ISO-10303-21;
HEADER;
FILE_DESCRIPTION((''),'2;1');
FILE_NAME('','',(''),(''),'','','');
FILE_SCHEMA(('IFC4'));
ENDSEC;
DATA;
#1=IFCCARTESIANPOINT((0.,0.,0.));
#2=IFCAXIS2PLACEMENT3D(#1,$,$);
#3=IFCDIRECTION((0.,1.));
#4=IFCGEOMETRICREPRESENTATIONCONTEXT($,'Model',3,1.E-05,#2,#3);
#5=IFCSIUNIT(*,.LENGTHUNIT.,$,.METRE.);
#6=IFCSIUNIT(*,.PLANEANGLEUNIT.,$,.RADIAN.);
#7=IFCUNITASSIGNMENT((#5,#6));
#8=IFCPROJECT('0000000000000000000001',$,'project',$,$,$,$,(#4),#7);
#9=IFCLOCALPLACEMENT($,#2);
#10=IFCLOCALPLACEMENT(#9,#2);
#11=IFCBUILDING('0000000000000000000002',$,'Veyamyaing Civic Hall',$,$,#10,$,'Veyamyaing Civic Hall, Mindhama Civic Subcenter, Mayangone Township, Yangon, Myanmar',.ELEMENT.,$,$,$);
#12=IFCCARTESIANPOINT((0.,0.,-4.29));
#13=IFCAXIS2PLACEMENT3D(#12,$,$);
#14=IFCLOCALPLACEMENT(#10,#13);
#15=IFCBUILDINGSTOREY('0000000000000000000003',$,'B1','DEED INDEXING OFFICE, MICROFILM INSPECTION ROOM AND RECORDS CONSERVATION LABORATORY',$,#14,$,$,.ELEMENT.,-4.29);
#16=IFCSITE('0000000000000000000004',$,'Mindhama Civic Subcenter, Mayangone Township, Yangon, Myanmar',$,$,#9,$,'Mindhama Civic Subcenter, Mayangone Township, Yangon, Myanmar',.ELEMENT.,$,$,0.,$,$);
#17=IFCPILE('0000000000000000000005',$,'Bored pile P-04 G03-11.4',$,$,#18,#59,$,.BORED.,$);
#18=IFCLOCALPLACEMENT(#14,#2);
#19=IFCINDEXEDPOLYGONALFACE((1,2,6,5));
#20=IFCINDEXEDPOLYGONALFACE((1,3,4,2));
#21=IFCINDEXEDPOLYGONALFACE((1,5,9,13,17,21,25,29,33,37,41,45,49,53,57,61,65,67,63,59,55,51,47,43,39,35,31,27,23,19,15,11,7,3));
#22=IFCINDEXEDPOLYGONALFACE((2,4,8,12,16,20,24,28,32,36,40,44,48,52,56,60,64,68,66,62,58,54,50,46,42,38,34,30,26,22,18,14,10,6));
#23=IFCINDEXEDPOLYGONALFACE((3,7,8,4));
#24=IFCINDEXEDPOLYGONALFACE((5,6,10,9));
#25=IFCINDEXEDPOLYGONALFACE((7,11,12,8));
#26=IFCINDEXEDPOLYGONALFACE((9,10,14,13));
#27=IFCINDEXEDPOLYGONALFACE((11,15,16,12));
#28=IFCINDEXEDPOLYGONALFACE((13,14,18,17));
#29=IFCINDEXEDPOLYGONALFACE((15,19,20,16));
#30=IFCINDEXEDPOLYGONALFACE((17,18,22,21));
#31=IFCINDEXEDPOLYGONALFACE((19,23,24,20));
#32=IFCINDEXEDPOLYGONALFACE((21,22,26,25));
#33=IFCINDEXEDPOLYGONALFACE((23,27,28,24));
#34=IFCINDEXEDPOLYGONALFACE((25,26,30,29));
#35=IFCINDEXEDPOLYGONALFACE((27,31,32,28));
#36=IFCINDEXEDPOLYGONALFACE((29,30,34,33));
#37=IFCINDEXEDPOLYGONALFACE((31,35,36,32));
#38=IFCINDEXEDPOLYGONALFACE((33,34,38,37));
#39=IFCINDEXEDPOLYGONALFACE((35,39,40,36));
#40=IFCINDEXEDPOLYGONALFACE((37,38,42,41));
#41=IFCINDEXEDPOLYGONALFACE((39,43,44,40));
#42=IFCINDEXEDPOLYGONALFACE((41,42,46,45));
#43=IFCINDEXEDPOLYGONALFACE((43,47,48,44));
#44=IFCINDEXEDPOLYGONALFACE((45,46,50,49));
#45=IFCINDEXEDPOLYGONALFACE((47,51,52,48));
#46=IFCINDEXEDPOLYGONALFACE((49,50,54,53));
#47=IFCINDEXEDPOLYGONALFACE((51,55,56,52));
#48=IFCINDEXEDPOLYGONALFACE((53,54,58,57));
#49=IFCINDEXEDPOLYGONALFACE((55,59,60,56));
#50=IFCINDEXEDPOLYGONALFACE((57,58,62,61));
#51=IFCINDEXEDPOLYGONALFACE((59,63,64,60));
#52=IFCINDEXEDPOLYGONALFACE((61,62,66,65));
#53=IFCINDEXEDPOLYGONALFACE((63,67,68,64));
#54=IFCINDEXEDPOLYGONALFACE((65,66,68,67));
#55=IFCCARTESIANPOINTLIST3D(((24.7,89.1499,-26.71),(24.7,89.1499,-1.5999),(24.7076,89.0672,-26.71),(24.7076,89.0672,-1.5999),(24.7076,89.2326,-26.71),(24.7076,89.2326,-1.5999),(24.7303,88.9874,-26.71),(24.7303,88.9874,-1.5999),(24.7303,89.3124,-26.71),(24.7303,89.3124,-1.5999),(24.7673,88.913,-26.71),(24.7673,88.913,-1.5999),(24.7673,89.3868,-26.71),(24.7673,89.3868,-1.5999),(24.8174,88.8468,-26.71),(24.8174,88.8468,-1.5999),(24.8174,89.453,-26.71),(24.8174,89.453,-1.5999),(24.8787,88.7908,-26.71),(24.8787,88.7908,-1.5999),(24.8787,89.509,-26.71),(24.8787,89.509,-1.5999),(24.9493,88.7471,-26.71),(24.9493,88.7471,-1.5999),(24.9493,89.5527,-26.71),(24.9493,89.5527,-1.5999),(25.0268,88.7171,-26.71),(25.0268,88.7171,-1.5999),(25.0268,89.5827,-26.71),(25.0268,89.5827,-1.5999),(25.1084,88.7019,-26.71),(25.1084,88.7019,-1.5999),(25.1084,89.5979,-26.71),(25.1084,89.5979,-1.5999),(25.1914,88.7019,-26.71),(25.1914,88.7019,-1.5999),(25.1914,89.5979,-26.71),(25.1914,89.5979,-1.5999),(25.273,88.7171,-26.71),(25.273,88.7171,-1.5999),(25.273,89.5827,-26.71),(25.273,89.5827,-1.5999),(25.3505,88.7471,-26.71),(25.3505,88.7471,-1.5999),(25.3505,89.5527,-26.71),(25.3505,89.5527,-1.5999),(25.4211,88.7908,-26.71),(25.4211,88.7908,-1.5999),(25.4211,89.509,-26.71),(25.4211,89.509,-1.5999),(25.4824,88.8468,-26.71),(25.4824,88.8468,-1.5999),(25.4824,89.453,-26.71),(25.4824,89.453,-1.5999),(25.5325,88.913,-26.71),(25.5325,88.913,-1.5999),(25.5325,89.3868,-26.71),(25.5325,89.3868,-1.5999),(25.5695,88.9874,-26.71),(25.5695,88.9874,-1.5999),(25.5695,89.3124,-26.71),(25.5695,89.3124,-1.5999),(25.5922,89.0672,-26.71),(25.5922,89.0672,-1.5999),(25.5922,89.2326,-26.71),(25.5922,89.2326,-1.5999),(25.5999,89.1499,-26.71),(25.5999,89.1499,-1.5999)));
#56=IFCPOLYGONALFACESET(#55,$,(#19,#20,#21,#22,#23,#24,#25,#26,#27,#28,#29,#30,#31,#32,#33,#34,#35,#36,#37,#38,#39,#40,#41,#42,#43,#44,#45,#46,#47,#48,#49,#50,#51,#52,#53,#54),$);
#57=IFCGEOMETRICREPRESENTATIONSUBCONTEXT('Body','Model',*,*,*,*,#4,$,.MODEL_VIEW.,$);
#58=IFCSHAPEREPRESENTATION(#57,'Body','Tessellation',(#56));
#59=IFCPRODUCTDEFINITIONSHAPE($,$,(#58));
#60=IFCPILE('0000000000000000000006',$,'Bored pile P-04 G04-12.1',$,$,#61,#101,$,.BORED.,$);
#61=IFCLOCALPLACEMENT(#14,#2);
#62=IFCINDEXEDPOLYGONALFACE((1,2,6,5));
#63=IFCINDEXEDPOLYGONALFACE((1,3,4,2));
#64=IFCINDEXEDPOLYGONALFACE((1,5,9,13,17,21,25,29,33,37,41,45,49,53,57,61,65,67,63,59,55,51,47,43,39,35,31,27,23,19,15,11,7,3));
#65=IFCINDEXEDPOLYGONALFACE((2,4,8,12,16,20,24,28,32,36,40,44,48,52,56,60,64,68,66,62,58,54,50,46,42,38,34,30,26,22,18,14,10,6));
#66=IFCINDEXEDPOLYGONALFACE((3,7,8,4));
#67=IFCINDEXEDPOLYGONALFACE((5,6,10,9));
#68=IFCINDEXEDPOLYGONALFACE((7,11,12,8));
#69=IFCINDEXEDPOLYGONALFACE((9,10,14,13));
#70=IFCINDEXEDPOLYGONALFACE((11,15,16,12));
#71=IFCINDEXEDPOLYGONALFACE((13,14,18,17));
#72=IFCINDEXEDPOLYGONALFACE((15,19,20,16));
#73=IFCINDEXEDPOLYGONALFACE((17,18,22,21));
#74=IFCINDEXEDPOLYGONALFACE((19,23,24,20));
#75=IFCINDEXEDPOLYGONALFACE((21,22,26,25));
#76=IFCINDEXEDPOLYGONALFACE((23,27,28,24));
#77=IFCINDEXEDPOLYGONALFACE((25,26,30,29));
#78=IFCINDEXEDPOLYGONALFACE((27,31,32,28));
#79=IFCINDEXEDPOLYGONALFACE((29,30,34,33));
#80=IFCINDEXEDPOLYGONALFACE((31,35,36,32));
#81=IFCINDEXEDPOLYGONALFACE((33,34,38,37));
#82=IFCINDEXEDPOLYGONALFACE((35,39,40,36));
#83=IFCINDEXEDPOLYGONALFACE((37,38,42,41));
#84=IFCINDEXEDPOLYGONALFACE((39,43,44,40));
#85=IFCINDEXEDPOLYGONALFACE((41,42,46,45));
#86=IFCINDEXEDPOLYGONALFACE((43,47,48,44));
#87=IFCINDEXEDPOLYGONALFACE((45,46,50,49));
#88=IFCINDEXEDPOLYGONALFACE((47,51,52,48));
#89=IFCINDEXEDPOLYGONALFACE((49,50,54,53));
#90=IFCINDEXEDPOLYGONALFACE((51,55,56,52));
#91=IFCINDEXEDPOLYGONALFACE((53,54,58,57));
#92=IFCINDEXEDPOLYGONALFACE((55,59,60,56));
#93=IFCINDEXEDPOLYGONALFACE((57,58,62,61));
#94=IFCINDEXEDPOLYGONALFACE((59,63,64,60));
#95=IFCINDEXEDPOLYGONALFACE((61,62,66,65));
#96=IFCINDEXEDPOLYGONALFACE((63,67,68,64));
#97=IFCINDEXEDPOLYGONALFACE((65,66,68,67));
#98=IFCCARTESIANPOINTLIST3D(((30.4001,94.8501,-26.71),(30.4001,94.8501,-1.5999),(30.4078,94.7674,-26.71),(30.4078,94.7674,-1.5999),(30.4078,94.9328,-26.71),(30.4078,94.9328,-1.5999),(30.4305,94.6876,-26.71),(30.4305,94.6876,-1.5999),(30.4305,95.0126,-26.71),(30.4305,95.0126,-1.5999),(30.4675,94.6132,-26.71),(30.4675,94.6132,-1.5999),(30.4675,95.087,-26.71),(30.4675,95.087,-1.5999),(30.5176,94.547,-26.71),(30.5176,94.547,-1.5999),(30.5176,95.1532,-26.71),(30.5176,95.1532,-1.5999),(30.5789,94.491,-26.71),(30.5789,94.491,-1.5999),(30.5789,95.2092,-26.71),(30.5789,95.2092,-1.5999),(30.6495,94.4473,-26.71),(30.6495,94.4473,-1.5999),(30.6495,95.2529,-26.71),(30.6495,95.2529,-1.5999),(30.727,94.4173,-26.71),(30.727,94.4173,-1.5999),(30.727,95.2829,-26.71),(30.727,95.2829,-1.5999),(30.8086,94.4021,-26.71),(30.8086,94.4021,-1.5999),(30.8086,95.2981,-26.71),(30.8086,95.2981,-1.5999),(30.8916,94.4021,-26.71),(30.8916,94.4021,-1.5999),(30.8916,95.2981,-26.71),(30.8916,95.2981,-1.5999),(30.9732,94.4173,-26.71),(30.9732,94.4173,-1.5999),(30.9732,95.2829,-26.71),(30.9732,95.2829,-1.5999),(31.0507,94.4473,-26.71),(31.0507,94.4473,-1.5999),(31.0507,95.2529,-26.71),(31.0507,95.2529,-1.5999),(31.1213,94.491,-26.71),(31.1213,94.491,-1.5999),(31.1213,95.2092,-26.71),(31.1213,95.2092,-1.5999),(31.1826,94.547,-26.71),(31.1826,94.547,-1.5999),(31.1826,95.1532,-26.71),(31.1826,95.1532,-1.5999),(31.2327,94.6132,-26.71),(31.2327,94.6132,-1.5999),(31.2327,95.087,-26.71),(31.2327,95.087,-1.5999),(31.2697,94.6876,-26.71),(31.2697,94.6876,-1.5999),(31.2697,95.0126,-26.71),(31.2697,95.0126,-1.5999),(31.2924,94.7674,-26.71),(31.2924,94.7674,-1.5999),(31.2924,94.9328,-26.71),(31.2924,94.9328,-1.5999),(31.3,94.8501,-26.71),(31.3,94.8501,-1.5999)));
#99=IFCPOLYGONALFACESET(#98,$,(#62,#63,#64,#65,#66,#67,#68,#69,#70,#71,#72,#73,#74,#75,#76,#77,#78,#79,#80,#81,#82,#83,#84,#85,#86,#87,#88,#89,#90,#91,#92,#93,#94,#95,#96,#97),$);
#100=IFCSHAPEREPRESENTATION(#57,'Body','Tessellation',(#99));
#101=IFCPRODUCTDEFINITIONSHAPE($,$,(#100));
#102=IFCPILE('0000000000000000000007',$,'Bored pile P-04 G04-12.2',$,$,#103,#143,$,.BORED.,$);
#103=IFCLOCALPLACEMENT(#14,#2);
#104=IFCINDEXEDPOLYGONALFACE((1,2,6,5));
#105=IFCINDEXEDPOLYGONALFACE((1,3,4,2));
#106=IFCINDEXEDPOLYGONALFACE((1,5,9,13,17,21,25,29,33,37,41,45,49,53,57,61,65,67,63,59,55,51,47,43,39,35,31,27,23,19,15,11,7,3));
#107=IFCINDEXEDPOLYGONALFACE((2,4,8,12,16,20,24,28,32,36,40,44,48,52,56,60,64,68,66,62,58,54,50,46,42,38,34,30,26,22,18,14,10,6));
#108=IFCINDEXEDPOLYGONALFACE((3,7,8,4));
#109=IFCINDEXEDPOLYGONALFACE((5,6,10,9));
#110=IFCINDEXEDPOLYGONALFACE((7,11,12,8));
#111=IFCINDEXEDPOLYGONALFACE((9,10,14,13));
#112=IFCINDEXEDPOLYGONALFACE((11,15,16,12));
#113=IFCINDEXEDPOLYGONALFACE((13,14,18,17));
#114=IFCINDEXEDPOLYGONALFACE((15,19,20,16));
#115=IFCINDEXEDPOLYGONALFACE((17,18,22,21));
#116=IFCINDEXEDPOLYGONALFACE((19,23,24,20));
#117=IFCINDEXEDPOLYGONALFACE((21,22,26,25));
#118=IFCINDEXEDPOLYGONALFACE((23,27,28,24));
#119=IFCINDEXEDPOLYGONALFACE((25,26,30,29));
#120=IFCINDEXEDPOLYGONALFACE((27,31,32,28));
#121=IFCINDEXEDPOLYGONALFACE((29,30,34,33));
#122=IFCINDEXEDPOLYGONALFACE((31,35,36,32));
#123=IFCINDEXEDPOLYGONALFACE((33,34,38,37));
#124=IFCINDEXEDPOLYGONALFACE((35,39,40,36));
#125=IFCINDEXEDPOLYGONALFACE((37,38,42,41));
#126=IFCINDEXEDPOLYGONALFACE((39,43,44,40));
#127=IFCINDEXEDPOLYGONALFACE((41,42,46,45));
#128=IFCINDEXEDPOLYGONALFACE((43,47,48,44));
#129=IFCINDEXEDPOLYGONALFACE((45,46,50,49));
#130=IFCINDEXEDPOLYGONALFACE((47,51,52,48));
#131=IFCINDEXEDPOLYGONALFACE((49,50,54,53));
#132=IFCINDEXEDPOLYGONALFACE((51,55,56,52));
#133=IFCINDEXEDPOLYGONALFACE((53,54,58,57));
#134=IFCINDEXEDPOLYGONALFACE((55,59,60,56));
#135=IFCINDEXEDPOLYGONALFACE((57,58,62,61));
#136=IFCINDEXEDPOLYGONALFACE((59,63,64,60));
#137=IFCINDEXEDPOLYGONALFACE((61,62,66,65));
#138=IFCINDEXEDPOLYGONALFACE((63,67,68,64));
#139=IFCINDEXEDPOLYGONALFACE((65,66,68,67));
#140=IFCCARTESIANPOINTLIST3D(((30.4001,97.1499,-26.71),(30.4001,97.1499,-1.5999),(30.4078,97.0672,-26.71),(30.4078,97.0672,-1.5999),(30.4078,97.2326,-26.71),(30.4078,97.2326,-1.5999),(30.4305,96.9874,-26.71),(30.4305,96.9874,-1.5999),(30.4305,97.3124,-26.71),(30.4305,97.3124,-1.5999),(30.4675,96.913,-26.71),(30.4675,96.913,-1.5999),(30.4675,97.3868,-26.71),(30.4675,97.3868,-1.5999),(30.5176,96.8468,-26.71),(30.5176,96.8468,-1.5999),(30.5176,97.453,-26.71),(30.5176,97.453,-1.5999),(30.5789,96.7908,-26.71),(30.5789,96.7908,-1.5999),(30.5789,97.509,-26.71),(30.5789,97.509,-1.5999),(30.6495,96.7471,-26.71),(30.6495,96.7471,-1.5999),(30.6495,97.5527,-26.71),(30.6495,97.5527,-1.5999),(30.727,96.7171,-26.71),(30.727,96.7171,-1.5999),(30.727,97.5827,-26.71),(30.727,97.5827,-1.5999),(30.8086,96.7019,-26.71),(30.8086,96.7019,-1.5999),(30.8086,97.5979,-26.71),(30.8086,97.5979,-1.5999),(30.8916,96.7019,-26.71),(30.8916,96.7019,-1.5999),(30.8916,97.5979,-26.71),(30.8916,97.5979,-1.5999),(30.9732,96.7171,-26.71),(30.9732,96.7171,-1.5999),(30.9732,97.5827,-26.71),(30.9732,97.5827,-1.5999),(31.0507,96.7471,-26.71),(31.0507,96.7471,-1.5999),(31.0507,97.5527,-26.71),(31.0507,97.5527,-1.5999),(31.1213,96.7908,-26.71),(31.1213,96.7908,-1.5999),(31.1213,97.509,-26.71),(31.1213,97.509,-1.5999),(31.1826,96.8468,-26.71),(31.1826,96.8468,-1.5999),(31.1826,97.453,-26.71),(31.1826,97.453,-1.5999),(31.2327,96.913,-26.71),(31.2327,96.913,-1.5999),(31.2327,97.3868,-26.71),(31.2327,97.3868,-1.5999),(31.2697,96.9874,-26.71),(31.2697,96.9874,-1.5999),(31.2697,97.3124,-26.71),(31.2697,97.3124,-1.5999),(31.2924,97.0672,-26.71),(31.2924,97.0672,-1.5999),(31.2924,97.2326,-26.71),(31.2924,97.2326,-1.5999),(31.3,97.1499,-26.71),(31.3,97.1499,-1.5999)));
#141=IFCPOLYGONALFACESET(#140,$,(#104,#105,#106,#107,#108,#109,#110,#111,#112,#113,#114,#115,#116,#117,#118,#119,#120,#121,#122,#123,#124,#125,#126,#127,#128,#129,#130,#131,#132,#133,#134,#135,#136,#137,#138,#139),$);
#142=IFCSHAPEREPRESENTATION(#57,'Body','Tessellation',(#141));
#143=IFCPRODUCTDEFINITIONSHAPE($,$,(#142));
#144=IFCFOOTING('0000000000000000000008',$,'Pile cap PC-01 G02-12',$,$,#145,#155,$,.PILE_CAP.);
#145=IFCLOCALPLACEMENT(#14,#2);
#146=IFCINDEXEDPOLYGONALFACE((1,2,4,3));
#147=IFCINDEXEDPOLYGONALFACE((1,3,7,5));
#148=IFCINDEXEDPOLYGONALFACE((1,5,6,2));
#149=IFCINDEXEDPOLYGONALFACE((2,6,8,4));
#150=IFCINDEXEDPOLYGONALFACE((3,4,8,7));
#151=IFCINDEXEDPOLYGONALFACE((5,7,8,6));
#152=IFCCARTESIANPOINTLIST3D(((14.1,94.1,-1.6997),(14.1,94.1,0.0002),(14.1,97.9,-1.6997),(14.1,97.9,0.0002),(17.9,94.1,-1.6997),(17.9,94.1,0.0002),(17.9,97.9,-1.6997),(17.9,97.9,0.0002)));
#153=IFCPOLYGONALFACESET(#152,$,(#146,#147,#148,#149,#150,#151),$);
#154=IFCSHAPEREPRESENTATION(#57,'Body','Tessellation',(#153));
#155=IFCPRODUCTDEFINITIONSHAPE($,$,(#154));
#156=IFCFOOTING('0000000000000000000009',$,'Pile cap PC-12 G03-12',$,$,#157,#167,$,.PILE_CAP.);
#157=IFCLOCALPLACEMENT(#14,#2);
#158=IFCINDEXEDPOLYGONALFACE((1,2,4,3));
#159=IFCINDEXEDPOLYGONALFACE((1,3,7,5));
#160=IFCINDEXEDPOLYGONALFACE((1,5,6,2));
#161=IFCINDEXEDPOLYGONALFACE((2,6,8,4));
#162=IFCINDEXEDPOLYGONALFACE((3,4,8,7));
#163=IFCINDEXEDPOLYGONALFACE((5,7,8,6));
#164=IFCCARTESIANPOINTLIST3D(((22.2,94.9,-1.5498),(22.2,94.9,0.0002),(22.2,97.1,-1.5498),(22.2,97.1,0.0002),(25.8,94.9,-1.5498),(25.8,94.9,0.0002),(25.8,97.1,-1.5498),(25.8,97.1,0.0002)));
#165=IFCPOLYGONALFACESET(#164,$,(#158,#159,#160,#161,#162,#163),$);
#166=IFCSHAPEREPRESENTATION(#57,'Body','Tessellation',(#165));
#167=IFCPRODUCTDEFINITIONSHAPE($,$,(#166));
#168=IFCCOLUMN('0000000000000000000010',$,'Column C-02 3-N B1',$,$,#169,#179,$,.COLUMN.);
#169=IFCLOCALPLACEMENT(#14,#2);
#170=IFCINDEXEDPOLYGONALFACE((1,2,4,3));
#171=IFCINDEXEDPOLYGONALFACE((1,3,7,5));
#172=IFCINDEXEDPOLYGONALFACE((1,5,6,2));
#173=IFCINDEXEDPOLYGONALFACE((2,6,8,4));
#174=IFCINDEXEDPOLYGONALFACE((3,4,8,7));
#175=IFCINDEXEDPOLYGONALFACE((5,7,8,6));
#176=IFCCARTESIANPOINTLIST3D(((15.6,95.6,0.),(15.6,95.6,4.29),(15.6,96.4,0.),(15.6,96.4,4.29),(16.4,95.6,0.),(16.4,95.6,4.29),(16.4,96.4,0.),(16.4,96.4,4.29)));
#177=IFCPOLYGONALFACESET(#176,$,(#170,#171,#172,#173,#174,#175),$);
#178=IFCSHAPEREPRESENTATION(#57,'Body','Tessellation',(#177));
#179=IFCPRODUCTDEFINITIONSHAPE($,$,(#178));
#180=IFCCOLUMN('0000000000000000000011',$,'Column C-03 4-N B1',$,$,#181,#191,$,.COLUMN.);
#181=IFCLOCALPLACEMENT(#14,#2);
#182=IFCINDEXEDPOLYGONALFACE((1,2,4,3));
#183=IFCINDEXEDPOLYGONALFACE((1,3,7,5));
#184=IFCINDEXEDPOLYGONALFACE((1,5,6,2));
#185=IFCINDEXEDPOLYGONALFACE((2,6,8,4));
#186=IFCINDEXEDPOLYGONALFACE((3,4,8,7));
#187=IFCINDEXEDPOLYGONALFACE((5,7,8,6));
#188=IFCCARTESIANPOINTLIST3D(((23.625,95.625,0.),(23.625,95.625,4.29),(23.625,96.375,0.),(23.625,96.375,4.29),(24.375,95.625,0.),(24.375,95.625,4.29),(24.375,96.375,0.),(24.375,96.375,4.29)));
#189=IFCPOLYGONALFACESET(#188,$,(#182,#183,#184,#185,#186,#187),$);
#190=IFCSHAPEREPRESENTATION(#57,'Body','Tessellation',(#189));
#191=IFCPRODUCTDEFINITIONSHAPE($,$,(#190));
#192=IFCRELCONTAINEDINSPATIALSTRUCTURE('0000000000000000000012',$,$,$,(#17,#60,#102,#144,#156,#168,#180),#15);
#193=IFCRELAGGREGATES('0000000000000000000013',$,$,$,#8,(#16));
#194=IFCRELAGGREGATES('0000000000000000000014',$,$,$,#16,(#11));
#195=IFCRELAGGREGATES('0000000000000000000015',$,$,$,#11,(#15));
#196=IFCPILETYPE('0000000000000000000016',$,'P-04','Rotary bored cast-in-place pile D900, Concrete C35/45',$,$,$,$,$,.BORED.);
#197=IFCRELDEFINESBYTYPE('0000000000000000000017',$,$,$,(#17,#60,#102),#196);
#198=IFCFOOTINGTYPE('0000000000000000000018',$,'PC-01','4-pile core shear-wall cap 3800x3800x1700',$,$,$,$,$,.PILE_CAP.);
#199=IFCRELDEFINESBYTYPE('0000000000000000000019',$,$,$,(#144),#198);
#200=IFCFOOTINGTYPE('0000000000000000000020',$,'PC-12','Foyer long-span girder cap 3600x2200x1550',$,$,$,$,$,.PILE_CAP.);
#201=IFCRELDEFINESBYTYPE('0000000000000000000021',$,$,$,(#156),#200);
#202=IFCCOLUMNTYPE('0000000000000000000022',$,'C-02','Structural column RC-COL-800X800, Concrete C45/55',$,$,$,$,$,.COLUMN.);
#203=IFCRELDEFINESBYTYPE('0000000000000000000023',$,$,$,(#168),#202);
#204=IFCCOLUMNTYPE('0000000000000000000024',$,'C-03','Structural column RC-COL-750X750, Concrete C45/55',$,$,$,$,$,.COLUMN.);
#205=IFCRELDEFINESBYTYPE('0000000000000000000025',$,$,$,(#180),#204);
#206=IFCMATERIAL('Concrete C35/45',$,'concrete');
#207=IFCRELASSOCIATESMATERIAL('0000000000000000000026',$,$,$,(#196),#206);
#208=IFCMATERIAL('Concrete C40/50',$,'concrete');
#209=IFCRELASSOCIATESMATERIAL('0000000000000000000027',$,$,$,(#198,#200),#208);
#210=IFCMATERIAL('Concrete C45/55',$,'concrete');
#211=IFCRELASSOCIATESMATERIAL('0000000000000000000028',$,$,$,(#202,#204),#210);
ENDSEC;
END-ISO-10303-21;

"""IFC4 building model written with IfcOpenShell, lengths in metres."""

from ifc_helpers import new_model, si_unit, direction, frame, origin, origin_2d, place, context, subcontext, project, spatial, rectangle, circle, extrude, material, material_profile, profile_set, type_object, element, save


model = new_model("IFC4")

# Units and contexts
model_context = context("Model", 3, precision=1e-05, world=origin(), true_north=direction((0.0, 1.0)))
body_context = subcontext(model_context, "Body", "Model", "MODEL_VIEW")
ifc_project = project(units=[si_unit("LENGTHUNIT", "METRE"), si_unit("PLANEANGLEUNIT", "RADIAN")], contexts=[model_context])

# Site, building, storey
site_placement = place(None, origin())
site = spatial("IfcSite", under=ifc_project, at=site_placement, Name="Mindhama Civic Subcenter, Mayangone Township, Yangon, Myanmar", LongName="Mindhama Civic Subcenter, Mayangone Township, Yangon, Myanmar", CompositionType="ELEMENT", RefElevation=0.0)
building_placement = place(site_placement, origin())
building = spatial("IfcBuilding", under=site, at=building_placement, Name="Veyamyaing Civic Hall", LongName="Veyamyaing Civic Hall, Mindhama Civic Subcenter, Mayangone Township, Yangon, Myanmar", CompositionType="ELEMENT")
storey_placement = place(building_placement, frame((0.0, 0.0, -4.29)))
storey = spatial("IfcBuildingStorey", under=building, at=storey_placement, Name="B1", Description="DEED INDEXING OFFICE, MICROFILM INSPECTION ROOM AND RECORDS CONSERVATION LABORATORY", CompositionType="ELEMENT", Elevation=-4.29)

# Shared definitions
ifc_material_1 = material(Name="Concrete C40/50", Category="concrete")

# Piles
ifc_material_2 = material(Name="Concrete C35/45", Category="concrete")
ifc_material_profile_1 = material_profile(ifc_material_2, circle(Radius=0.45, at=origin_2d()), Name="PILE-D900")
ifc_profile_set_1 = profile_set([ifc_material_profile_1], Name="Concrete C35/45")
pile_type_1 = type_object("IfcPileType", Name="P-04", Description="Rotary bored cast-in-place pile D900, Concrete C35/45", PredefinedType="BORED", material=ifc_profile_set_1)
for number, where, z_axis, x_axis, name in (
    (1, (25.1499, 89.1499, -1.5999), (0.0, 0.0, -1.0), (1.0, 0.0, 0.0), "Bored pile P-04 G03-11.4"),
    (2, (30.8501, 94.8501, -1.5999), (0.0, 0.0, -1.0), (1.0, 0.0, 0.0), "Bored pile P-04 G04-12.1"),
    (3, (30.8501, 97.1499, -1.5999), (0.0, 0.0, -1.0), (1.0, 0.0, 0.0), "Bored pile P-04 G04-12.2"),
):
    element("IfcPile", number, at=place(storey_placement, frame(where, z_axis=z_axis, x_axis=x_axis)), inside=storey, type_object=pile_type_1, Name=name, PredefinedType="BORED", context=body_context, shape_type="SweptSolid", body=[
        extrude(circle(Radius=0.45, at=origin_2d()), origin(), (0.0, 0.0, 1.0), 25.1101),
    ])

# Footings
footing_type_1 = type_object("IfcFootingType", Name="PC-01", Description="4-pile core shear-wall cap 3800x3800x1700", PredefinedType="PILE_CAP", material=ifc_material_1)
footing_1_placement = place(storey_placement, frame((16.0, 96.0, -1.6997), z_axis=(0.0, 0.0, 1.0), x_axis=(1.0, 0.0, 0.0)))
element("IfcFooting", 4, at=footing_1_placement, inside=storey, type_object=footing_type_1, Name="Pile cap PC-01 G02-12", PredefinedType="PILE_CAP", context=body_context, shape_type="SweptSolid", body=[
    extrude(rectangle(XDim=3.8, YDim=3.8, at=origin_2d()), origin(), (0.0, 0.0, 1.0), 1.7),
])
footing_type_2 = type_object("IfcFootingType", Name="PC-12", Description="Foyer long-span girder cap 3600x2200x1550", PredefinedType="PILE_CAP", material=ifc_material_1)
footing_2_placement = place(storey_placement, frame((24.0, 96.0, -1.5498), z_axis=(0.0, 0.0, 1.0), x_axis=(1.0, 0.0, 0.0)))
element("IfcFooting", 5, at=footing_2_placement, inside=storey, type_object=footing_type_2, Name="Pile cap PC-12 G03-12", PredefinedType="PILE_CAP", context=body_context, shape_type="SweptSolid", body=[
    extrude(rectangle(XDim=3.6001, YDim=2.2, at=origin_2d()), origin(), (0.0, 0.0, 1.0), 1.55),
])

# Columns
ifc_material_3 = material(Name="Concrete C45/55", Category="concrete")
ifc_material_profile_2 = material_profile(ifc_material_3, rectangle(XDim=0.8, YDim=0.8, at=origin_2d()), Name="RC-COL-800X800")
ifc_profile_set_2 = profile_set([ifc_material_profile_2], Name="Concrete C45/55")
column_type_1 = type_object("IfcColumnType", Name="C-02", Description="Structural column RC-COL-800X800, Concrete C45/55", PredefinedType="COLUMN", material=ifc_profile_set_2)
column_1_placement = place(storey_placement, frame((16.0, 96.0, 0.0), z_axis=(0.0, 0.0, 1.0), x_axis=(1.0, 0.0, 0.0)))
element("IfcColumn", 6, at=column_1_placement, inside=storey, type_object=column_type_1, Name="Column C-02 3-N B1", PredefinedType="COLUMN", context=body_context, shape_type="SweptSolid", body=[
    extrude(rectangle(XDim=0.8, YDim=0.8, at=origin_2d()), origin(), (0.0, 0.0, 1.0), 4.29),
])
ifc_material_profile_3 = material_profile(ifc_material_3, rectangle(XDim=0.75, YDim=0.75, at=origin_2d()), Name="RC-COL-750X750")
ifc_profile_set_3 = profile_set([ifc_material_profile_3], Name="Concrete C45/55")
column_type_2 = type_object("IfcColumnType", Name="C-03", Description="Structural column RC-COL-750X750, Concrete C45/55", PredefinedType="COLUMN", material=ifc_profile_set_3)
column_2_placement = place(storey_placement, frame((24.0, 96.0, 0.0), z_axis=(0.0, 0.0, 1.0), x_axis=(1.0, 0.0, 0.0)))
element("IfcColumn", 7, at=column_2_placement, inside=storey, type_object=column_type_2, Name="Column C-03 4-N B1", PredefinedType="COLUMN", context=body_context, shape_type="SweptSolid", body=[
    extrude(rectangle(XDim=0.75, YDim=0.75, at=origin_2d()), origin(), (0.0, 0.0, 1.0), 4.29),
])

save(model, "model.ifc")
